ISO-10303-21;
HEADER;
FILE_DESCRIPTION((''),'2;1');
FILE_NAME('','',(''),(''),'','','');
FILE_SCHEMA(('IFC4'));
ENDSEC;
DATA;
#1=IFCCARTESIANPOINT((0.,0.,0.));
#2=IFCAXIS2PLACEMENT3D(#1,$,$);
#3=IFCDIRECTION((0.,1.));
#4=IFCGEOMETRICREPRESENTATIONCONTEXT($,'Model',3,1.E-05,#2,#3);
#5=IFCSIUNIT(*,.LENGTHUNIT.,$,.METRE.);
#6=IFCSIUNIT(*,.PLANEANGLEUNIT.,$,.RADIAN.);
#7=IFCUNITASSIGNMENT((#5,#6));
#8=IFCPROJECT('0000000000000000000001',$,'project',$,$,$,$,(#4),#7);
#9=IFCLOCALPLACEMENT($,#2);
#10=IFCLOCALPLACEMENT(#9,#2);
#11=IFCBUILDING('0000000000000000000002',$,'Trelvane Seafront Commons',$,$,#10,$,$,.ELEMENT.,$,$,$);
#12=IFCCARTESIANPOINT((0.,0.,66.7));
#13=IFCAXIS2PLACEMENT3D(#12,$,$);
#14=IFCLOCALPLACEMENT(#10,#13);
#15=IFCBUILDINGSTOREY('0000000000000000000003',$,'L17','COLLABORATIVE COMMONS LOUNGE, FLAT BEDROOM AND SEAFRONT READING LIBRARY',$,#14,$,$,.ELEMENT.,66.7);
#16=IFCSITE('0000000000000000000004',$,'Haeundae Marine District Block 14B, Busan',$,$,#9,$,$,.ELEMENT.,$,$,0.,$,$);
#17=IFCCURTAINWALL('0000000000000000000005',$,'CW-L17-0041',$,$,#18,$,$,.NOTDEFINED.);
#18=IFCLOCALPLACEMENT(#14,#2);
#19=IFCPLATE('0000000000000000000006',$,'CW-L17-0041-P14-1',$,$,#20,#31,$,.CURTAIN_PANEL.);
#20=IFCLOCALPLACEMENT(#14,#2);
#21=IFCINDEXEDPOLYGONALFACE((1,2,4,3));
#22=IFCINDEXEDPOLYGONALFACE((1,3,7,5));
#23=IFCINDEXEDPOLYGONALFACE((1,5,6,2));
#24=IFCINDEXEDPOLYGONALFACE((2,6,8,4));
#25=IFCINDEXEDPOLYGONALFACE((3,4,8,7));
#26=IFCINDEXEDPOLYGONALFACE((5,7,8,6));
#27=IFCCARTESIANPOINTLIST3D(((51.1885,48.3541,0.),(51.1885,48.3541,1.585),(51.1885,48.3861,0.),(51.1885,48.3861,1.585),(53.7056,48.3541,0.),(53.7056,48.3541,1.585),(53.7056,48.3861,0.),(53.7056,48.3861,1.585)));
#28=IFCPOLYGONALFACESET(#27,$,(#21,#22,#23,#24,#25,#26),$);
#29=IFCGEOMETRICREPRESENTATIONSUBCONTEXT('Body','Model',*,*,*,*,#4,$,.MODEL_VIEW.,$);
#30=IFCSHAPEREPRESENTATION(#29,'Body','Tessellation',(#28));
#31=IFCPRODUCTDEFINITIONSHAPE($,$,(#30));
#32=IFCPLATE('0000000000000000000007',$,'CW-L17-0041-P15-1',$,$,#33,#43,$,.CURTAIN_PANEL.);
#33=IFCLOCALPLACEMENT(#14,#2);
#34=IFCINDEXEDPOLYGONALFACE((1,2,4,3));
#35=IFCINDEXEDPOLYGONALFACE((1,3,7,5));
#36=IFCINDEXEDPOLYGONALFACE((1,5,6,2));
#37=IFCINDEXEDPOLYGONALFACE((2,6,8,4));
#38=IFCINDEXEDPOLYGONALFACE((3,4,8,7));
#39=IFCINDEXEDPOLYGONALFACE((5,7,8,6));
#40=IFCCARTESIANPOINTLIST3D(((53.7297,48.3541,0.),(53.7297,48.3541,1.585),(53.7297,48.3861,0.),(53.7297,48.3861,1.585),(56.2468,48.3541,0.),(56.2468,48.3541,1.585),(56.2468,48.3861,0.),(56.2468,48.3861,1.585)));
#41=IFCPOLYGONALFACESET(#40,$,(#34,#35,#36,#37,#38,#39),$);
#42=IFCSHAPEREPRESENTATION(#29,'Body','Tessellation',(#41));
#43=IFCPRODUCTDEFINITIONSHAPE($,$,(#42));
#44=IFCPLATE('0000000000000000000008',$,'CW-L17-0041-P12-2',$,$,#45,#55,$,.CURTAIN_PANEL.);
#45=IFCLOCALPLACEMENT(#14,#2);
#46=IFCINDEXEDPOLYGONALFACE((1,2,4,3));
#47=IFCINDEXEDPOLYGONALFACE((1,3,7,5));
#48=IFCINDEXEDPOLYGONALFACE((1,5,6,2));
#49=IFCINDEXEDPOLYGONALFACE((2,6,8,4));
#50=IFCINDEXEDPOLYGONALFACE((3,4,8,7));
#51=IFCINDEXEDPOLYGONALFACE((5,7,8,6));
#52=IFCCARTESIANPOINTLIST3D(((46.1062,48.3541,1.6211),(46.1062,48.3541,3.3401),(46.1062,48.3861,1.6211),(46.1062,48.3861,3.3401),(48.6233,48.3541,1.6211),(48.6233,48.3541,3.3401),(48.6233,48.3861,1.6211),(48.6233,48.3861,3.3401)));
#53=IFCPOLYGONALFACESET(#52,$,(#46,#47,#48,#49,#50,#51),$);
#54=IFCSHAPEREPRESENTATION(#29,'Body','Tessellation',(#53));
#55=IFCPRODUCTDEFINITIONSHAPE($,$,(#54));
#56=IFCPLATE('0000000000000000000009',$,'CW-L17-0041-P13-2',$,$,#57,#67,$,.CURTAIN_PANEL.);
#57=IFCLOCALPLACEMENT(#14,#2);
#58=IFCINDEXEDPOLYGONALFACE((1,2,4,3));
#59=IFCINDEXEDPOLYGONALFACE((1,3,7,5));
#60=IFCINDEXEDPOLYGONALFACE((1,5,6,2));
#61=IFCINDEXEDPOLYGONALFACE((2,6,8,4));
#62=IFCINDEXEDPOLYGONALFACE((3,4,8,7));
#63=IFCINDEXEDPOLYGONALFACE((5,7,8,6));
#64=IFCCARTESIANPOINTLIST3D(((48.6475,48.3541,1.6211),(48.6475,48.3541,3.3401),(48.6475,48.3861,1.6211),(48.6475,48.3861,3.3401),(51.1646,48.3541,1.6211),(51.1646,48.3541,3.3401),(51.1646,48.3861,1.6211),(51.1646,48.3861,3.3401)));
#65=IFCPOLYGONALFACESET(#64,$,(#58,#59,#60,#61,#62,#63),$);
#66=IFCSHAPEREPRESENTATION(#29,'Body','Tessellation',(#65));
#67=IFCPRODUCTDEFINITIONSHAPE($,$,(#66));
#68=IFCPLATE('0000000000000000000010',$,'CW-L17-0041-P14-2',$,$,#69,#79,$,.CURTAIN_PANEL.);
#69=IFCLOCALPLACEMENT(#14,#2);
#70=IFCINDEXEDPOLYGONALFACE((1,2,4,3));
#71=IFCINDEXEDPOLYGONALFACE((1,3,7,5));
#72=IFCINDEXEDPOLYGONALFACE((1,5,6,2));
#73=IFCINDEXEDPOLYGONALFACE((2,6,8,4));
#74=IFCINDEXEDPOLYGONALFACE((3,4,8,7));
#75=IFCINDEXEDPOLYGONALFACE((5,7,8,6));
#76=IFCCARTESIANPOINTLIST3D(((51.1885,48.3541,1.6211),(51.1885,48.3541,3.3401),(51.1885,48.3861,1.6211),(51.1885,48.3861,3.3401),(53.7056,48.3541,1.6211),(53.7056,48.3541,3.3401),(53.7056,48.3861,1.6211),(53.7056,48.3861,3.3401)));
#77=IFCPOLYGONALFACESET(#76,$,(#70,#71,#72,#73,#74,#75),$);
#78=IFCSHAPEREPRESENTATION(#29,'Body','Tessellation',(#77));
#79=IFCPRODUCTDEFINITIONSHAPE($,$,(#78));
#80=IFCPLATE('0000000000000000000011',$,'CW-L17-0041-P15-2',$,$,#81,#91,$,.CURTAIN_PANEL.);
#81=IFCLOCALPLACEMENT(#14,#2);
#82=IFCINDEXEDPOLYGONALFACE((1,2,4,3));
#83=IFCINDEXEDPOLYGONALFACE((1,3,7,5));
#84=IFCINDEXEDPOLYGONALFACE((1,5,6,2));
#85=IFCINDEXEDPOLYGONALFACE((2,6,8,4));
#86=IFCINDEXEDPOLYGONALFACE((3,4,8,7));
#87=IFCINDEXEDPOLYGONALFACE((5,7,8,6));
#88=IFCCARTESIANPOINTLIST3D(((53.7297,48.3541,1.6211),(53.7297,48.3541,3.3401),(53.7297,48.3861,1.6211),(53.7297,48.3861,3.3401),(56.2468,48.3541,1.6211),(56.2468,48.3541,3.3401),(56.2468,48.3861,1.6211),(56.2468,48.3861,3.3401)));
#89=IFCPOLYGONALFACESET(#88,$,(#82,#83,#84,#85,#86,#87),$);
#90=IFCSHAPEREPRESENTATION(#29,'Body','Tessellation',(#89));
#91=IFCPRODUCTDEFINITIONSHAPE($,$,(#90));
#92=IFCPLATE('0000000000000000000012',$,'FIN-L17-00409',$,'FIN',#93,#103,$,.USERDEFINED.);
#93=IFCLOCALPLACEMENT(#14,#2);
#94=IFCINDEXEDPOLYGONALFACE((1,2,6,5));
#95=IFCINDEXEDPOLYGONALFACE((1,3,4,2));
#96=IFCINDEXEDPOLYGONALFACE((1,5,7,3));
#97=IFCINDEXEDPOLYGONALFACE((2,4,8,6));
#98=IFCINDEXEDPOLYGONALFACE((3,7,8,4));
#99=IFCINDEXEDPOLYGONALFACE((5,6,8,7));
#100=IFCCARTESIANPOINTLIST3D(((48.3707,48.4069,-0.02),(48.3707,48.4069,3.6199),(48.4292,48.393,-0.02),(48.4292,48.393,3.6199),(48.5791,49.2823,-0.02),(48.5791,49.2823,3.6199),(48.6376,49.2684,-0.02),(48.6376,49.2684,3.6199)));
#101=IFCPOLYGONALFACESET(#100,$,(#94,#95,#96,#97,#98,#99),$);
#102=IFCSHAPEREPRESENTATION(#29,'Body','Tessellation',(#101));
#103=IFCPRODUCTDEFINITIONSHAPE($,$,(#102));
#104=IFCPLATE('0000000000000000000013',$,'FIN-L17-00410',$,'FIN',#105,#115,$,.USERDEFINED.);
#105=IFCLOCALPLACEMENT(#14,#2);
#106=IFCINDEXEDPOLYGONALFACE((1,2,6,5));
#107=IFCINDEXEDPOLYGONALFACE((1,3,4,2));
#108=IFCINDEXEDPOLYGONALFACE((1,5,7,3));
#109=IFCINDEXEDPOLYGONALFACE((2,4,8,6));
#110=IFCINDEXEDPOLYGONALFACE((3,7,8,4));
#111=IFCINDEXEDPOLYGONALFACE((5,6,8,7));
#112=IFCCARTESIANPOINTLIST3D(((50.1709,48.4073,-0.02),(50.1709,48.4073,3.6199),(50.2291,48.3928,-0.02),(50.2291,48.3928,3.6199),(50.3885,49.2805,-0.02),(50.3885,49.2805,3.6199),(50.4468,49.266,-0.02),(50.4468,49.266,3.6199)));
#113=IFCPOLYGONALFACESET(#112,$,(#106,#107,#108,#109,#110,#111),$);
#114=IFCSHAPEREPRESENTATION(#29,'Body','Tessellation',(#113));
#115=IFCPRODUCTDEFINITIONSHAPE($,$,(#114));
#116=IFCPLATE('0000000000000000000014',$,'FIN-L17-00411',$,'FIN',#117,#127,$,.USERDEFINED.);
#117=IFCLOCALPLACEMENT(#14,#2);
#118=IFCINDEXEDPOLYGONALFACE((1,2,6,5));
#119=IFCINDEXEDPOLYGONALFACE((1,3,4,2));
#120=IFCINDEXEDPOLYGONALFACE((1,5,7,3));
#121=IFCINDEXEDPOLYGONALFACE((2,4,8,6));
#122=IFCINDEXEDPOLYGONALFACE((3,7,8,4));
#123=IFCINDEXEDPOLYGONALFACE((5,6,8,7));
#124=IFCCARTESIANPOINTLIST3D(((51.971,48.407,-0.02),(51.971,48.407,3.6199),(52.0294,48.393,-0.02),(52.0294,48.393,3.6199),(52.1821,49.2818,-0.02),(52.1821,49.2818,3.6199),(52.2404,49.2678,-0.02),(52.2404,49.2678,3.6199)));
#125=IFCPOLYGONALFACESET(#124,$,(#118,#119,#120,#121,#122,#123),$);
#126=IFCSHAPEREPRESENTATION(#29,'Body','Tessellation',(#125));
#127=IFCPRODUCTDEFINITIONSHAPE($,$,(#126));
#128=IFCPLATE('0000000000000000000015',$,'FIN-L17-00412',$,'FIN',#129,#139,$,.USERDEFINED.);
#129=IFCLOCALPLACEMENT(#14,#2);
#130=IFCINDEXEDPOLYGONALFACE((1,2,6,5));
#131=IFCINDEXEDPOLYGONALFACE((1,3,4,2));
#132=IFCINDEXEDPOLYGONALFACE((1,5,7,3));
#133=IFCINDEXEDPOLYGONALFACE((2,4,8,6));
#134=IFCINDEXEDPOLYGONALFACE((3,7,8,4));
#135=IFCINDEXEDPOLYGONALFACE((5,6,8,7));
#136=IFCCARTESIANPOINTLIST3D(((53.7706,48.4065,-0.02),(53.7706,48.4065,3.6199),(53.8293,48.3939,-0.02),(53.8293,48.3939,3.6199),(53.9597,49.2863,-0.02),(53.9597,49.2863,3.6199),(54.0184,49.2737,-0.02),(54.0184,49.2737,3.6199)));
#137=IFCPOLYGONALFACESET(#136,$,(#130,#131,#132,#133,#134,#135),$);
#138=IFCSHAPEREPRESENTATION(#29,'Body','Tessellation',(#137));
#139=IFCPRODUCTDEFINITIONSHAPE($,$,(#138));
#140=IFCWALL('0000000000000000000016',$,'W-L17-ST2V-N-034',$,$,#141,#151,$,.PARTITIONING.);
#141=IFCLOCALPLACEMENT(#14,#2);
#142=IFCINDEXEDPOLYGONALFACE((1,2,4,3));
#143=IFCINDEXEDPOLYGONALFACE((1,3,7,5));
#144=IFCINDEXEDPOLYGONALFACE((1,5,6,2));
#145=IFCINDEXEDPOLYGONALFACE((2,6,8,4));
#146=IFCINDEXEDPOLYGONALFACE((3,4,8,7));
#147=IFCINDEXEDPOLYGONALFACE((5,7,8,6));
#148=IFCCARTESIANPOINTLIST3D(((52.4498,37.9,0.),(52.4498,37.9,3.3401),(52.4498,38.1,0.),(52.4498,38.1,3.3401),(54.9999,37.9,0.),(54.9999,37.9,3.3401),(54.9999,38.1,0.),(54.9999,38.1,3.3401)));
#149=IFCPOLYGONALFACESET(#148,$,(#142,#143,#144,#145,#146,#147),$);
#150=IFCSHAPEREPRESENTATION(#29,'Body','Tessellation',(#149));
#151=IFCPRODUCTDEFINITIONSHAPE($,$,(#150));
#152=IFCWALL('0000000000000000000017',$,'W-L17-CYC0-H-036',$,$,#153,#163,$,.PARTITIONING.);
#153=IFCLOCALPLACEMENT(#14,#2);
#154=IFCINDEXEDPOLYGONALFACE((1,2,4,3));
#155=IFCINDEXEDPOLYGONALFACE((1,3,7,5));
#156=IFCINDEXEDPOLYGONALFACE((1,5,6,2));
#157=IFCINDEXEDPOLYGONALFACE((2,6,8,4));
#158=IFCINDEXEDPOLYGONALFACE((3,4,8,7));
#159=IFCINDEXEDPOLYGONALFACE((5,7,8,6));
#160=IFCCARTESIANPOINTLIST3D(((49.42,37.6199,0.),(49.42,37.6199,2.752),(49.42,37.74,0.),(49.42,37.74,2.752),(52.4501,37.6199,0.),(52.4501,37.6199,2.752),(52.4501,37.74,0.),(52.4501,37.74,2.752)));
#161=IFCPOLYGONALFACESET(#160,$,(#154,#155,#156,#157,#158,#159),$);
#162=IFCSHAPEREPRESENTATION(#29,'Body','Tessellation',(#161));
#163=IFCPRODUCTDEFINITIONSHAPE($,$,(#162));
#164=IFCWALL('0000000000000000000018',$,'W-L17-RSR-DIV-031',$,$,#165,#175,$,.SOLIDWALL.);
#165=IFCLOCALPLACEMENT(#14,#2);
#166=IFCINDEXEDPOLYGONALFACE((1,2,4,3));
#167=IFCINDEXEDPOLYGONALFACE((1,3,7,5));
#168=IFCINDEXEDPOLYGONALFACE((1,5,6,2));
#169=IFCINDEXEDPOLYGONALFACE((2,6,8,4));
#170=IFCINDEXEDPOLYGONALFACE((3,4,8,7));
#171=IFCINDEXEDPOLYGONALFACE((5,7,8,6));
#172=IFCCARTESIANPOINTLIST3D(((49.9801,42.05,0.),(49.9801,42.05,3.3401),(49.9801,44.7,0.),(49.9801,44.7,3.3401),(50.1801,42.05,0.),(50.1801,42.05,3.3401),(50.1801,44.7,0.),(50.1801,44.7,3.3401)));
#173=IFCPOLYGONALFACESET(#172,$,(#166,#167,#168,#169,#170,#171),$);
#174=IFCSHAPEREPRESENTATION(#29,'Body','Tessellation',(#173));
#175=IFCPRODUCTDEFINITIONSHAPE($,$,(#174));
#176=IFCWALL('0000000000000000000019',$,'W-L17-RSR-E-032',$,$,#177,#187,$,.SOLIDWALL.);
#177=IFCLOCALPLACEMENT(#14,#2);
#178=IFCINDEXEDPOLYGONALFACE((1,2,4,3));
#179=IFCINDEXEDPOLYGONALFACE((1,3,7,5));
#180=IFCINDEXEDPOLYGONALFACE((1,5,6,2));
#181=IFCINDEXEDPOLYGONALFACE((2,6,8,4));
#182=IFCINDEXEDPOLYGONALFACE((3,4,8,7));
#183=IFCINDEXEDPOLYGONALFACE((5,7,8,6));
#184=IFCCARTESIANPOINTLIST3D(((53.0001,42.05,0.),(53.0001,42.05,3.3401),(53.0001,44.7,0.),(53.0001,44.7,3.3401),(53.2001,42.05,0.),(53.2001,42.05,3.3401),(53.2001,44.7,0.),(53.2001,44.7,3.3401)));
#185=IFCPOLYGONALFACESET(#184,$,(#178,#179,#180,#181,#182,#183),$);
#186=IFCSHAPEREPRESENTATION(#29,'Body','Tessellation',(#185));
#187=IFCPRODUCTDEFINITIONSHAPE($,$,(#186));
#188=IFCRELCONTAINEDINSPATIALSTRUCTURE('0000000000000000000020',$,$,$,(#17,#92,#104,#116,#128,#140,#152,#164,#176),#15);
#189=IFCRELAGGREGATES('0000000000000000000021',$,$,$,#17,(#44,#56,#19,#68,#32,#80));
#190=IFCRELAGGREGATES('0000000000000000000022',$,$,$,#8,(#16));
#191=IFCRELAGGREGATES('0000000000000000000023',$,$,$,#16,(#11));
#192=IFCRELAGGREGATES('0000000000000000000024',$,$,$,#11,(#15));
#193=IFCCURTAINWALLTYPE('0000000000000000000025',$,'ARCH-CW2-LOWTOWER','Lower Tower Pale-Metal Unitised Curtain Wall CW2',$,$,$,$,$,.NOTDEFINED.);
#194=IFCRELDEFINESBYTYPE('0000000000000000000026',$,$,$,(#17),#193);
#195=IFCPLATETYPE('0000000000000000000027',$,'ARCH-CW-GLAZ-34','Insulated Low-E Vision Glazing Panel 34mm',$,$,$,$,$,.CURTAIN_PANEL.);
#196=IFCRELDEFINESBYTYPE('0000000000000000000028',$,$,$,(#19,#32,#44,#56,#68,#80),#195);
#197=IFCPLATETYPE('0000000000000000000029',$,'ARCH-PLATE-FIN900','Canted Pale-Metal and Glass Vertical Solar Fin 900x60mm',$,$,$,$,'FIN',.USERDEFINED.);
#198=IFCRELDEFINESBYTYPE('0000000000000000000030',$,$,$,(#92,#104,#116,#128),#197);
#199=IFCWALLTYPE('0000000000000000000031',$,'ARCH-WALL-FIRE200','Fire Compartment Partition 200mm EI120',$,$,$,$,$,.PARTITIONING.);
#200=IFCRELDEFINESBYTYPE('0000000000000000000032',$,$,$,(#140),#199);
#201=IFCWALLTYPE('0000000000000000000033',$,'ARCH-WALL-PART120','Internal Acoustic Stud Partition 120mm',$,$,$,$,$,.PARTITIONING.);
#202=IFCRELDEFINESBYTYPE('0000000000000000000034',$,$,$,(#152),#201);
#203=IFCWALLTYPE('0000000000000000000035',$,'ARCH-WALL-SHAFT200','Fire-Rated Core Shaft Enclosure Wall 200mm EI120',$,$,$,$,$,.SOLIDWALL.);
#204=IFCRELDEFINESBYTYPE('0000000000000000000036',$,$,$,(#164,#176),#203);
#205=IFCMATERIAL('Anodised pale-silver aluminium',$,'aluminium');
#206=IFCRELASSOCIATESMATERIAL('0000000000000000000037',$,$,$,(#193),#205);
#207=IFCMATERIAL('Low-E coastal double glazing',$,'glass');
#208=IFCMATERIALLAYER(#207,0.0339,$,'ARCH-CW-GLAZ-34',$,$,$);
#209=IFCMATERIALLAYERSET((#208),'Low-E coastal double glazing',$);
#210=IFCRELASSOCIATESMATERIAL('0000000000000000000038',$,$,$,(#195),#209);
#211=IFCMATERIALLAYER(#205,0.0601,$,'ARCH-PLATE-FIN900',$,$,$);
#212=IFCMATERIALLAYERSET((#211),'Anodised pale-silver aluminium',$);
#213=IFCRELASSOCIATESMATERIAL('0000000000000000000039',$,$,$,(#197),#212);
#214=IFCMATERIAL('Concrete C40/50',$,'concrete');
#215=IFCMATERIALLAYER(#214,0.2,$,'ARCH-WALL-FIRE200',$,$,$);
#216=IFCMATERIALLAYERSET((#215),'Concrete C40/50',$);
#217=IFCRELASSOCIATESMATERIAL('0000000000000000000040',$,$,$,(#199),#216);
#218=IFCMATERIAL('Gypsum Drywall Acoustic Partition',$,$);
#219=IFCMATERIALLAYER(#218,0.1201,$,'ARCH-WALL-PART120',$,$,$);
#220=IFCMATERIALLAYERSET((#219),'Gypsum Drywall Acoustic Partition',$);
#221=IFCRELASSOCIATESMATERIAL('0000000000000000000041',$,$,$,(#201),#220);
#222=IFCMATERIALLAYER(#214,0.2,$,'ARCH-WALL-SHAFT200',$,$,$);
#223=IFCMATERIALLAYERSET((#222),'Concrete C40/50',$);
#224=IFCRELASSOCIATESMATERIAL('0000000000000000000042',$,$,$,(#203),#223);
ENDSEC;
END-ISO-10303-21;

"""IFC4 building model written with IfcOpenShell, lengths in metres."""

from ifc_helpers import new_model, si_unit, direction, frame, frame_2d, origin, origin_2d, place, context, subcontext, project, spatial, rectangle, extrude, source, transform, mapped, material, layer, layer_set, type_object, element, aggregate, save


model = new_model("IFC4")

# Units and contexts
model_context = context("Model", 3, precision=1e-05, world=origin(), true_north=direction((0.0, 1.0)))
body_context = subcontext(model_context, "Body", "Model", "MODEL_VIEW")
ifc_project = project(units=[si_unit("LENGTHUNIT", "METRE"), si_unit("PLANEANGLEUNIT", "RADIAN")], contexts=[model_context])

# Site, building, storey
site_placement = place(None, origin())
site = spatial("IfcSite", under=ifc_project, at=site_placement, Name="Haeundae Marine District Block 14B, Busan", CompositionType="ELEMENT", RefElevation=0.0)
building_placement = place(site_placement, origin())
building = spatial("IfcBuilding", under=site, at=building_placement, Name="Trelvane Seafront Commons", CompositionType="ELEMENT")
storey_placement = place(building_placement, frame((0.0, 0.0, 66.7)))
storey = spatial("IfcBuildingStorey", under=building, at=storey_placement, Name="L17", Description="COLLABORATIVE COMMONS LOUNGE, FLAT BEDROOM AND SEAFRONT READING LIBRARY", CompositionType="ELEMENT", Elevation=66.7)

# Curtain wall, plates
ifc_material_1 = material(Name="Anodised pale-silver aluminium", Category="aluminium")
curtain_wall_type = type_object("IfcCurtainWallType", Name="ARCH-CW2-LOWTOWER", Description="Lower Tower Pale-Metal Unitised Curtain Wall CW2", PredefinedType="NOTDEFINED", material=ifc_material_1)
curtain_wall_placement = place(storey_placement, origin())
curtain_wall = element("IfcCurtainWall", 1, at=curtain_wall_placement, inside=storey, type_object=curtain_wall_type, Name="CW-L17-0041", PredefinedType="NOTDEFINED")
ifc_material_2 = material(Name="Low-E coastal double glazing", Category="glass")
ifc_layer_1 = layer(ifc_material_2, 0.0339, Name="ARCH-CW-GLAZ-34")
ifc_layer_set_1 = layer_set([ifc_layer_1], Name="Low-E coastal double glazing")
plate_type_1 = type_object("IfcPlateType", Name="ARCH-CW-GLAZ-34", Description="Insulated Low-E Vision Glazing Panel 34mm", PredefinedType="CURTAIN_PANEL", material=ifc_layer_set_1)
shared_shape_1 = source(origin(), body_context, "Body", "SweptSolid", [
    extrude(rectangle(XDim=2.5171, YDim=0.032, at=origin_2d()), origin(), (0.0, 0.0, 1.0), 1.585),
])
plate_1_placement = place(storey_placement, frame((52.447, 48.3701, 0.0), z_axis=(0.0, 0.0, 1.0), x_axis=(1.0, 0.0, 0.0)))
plate_1 = element("IfcPlate", 2, at=plate_1_placement, type_object=plate_type_1, Name="CW-L17-0041-P14-1", PredefinedType="CURTAIN_PANEL", context=body_context, shape_type="MappedRepresentation", body=[
    mapped(shared_shape_1, transform((0.0, 0.0, 0.0), x_axis=(1.0, 0.0, 0.0), y_axis=(0.0, 1.0, 0.0), z_axis=(0.0, 0.0, 1.0), scale=1.0)),
])
plate_2_placement = place(storey_placement, frame((54.9883, 48.3701, 0.0), z_axis=(0.0, 0.0, 1.0), x_axis=(1.0, 0.0, 0.0)))
plate_2 = element("IfcPlate", 3, at=plate_2_placement, type_object=plate_type_1, Name="CW-L17-0041-P15-1", PredefinedType="CURTAIN_PANEL", context=body_context, shape_type="MappedRepresentation", body=[
    mapped(shared_shape_1, transform((0.0, 0.0, 0.0), x_axis=(1.0, 0.0, 0.0), y_axis=(0.0, 1.0, 0.0), z_axis=(0.0, 0.0, 1.0), scale=1.0)),
])
shared_shape_2 = source(origin(), body_context, "Body", "SweptSolid", [
    extrude(rectangle(XDim=2.5171, YDim=0.032, at=origin_2d()), origin(), (0.0, 0.0, 1.0), 1.719),
])
plate_3_placement = place(storey_placement, frame((47.3647, 48.3701, 1.6211), z_axis=(0.0, 0.0, 1.0), x_axis=(1.0, 0.0, 0.0)))
plate_3 = element("IfcPlate", 4, at=plate_3_placement, type_object=plate_type_1, Name="CW-L17-0041-P12-2", PredefinedType="CURTAIN_PANEL", context=body_context, shape_type="MappedRepresentation", body=[
    mapped(shared_shape_2, transform((0.0, 0.0, 0.0), x_axis=(1.0, 0.0, 0.0), y_axis=(0.0, 1.0, 0.0), z_axis=(0.0, 0.0, 1.0), scale=1.0)),
])
plate_4_placement = place(storey_placement, frame((49.906, 48.3701, 1.6211), z_axis=(0.0, 0.0, 1.0), x_axis=(1.0, 0.0, 0.0)))
plate_4 = element("IfcPlate", 5, at=plate_4_placement, type_object=plate_type_1, Name="CW-L17-0041-P13-2", PredefinedType="CURTAIN_PANEL", context=body_context, shape_type="MappedRepresentation", body=[
    mapped(shared_shape_2, transform((0.0, 0.0, 0.0), x_axis=(1.0, 0.0, 0.0), y_axis=(0.0, 1.0, 0.0), z_axis=(0.0, 0.0, 1.0), scale=1.0)),
])
plate_5_placement = place(storey_placement, frame((52.447, 48.3701, 1.6211), z_axis=(0.0, 0.0, 1.0), x_axis=(1.0, 0.0, 0.0)))
plate_5 = element("IfcPlate", 6, at=plate_5_placement, type_object=plate_type_1, Name="CW-L17-0041-P14-2", PredefinedType="CURTAIN_PANEL", context=body_context, shape_type="MappedRepresentation", body=[
    mapped(shared_shape_2, transform((0.0, 0.0, 0.0), x_axis=(1.0, 0.0, 0.0), y_axis=(0.0, 1.0, 0.0), z_axis=(0.0, 0.0, 1.0), scale=1.0)),
])
plate_6_placement = place(storey_placement, frame((54.9883, 48.3701, 1.6211), z_axis=(0.0, 0.0, 1.0), x_axis=(1.0, 0.0, 0.0)))
plate_6 = element("IfcPlate", 7, at=plate_6_placement, type_object=plate_type_1, Name="CW-L17-0041-P15-2", PredefinedType="CURTAIN_PANEL", context=body_context, shape_type="MappedRepresentation", body=[
    mapped(shared_shape_2, transform((0.0, 0.0, 0.0), x_axis=(1.0, 0.0, 0.0), y_axis=(0.0, 1.0, 0.0), z_axis=(0.0, 0.0, 1.0), scale=1.0)),
])
aggregate(curtain_wall, [plate_3, plate_4, plate_1, plate_5, plate_2, plate_6])

# Plates
ifc_layer_2 = layer(ifc_material_1, 0.0601, Name="ARCH-PLATE-FIN900")
ifc_layer_set_2 = layer_set([ifc_layer_2], Name="Anodised pale-silver aluminium")
plate_type_2 = type_object("IfcPlateType", Name="ARCH-PLATE-FIN900", Description="Canted Pale-Metal and Glass Vertical Solar Fin 900x60mm", ElementType="FIN", PredefinedType="USERDEFINED", material=ifc_layer_set_2)
shared_shape_3 = source(origin(), body_context, "Body", "SweptSolid", [
    extrude(rectangle(XDim=0.8999, YDim=0.0601, at=origin_2d()), origin(), (0.0, 0.0, 1.0), 3.6399),
])
for number, where, z_axis, x_axis, name in (
    (8, (48.5042, 48.8376, -0.02), (0.0, 0.0, 1.0), (0.231566, 0.972819, 0.0), "FIN-L17-00409"),
    (9, (50.3088, 48.8367, -0.02), (0.0, 0.0, 1.0), (0.241881, 0.970306, 0.0), "FIN-L17-00410"),
    (10, (52.1057, 48.8374, -0.02), (0.0, 0.0, 1.0), (0.234553, 0.972103, 0.0), "FIN-L17-00411"),
    (11, (53.8945, 48.8401, -0.02), (0.0, 0.0, 1.0), (0.210113, 0.977677, 0.0), "FIN-L17-00412"),
):
    element("IfcPlate", number, at=place(storey_placement, frame(where, z_axis=z_axis, x_axis=x_axis)), inside=storey, type_object=plate_type_2, Name=name, ObjectType="FIN", PredefinedType="USERDEFINED", context=body_context, shape_type="MappedRepresentation", body=[
        mapped(shared_shape_3, transform((0.0, 0.0, 0.0), x_axis=(1.0, 0.0, 0.0), y_axis=(0.0, 1.0, 0.0), z_axis=(0.0, 0.0, 1.0), scale=1.0)),
    ])

# Walls
ifc_material_3 = material(Name="Concrete C40/50", Category="concrete")
ifc_layer_3 = layer(ifc_material_3, 0.2, Name="ARCH-WALL-FIRE200")
ifc_layer_set_3 = layer_set([ifc_layer_3], Name="Concrete C40/50")
wall_type_1 = type_object("IfcWallType", Name="ARCH-WALL-FIRE200", Description="Fire Compartment Partition 200mm EI120", PredefinedType="PARTITIONING", material=ifc_layer_set_3)
wall_1_placement = place(storey_placement, frame((52.45, 38.0, 0.0), z_axis=(0.0, 0.0, 1.0), x_axis=(1.0, 0.0, 0.0)))
element("IfcWall", 12, at=wall_1_placement, inside=storey, type_object=wall_type_1, Name="W-L17-ST2V-N-034", PredefinedType="PARTITIONING", context=body_context, shape_type="SweptSolid", body=[
    extrude(rectangle(XDim=2.55, YDim=0.2, at=frame_2d((1.2749, 0.0))), origin(), (0.0, 0.0, 1.0), 3.3401),
])
ifc_material_4 = material(Name="Gypsum Drywall Acoustic Partition")
ifc_layer_4 = layer(ifc_material_4, 0.1201, Name="ARCH-WALL-PART120")
ifc_layer_set_4 = layer_set([ifc_layer_4], Name="Gypsum Drywall Acoustic Partition")
wall_type_2 = type_object("IfcWallType", Name="ARCH-WALL-PART120", Description="Internal Acoustic Stud Partition 120mm", PredefinedType="PARTITIONING", material=ifc_layer_set_4)
wall_2_placement = place(storey_placement, frame((49.4199, 37.6799, 0.0), z_axis=(0.0, 0.0, 1.0), x_axis=(1.0, 0.0, 0.0)))
element("IfcWall", 13, at=wall_2_placement, inside=storey, type_object=wall_type_2, Name="W-L17-CYC0-H-036", PredefinedType="PARTITIONING", context=body_context, shape_type="SweptSolid", body=[
    extrude(rectangle(XDim=3.03, YDim=0.1201, at=frame_2d((1.5151, 0.0))), origin(), (0.0, 0.0, 1.0), 2.752),
])
ifc_layer_5 = layer(ifc_material_3, 0.2, Name="ARCH-WALL-SHAFT200")
ifc_layer_set_5 = layer_set([ifc_layer_5], Name="Concrete C40/50")
wall_type_3 = type_object("IfcWallType", Name="ARCH-WALL-SHAFT200", Description="Fire-Rated Core Shaft Enclosure Wall 200mm EI120", PredefinedType="SOLIDWALL", material=ifc_layer_set_5)
for number, where, z_axis, x_axis, name in (
    (14, (50.0801, 42.05, 0.0), (0.0, 0.0, 1.0), (0.0, 1.0, 0.0), "W-L17-RSR-DIV-031"),
    (15, (53.1001, 42.05, 0.0), (0.0, 0.0, 1.0), (0.0, 1.0, 0.0), "W-L17-RSR-E-032"),
):
    element("IfcWall", number, at=place(storey_placement, frame(where, z_axis=z_axis, x_axis=x_axis)), inside=storey, type_object=wall_type_3, Name=name, PredefinedType="SOLIDWALL", context=body_context, shape_type="SweptSolid", body=[
        extrude(rectangle(XDim=2.6499, YDim=0.2, at=frame_2d((1.325, 0.0))), origin(), (0.0, 0.0, 1.0), 3.3401),
    ])

save(model, "model.ifc")
